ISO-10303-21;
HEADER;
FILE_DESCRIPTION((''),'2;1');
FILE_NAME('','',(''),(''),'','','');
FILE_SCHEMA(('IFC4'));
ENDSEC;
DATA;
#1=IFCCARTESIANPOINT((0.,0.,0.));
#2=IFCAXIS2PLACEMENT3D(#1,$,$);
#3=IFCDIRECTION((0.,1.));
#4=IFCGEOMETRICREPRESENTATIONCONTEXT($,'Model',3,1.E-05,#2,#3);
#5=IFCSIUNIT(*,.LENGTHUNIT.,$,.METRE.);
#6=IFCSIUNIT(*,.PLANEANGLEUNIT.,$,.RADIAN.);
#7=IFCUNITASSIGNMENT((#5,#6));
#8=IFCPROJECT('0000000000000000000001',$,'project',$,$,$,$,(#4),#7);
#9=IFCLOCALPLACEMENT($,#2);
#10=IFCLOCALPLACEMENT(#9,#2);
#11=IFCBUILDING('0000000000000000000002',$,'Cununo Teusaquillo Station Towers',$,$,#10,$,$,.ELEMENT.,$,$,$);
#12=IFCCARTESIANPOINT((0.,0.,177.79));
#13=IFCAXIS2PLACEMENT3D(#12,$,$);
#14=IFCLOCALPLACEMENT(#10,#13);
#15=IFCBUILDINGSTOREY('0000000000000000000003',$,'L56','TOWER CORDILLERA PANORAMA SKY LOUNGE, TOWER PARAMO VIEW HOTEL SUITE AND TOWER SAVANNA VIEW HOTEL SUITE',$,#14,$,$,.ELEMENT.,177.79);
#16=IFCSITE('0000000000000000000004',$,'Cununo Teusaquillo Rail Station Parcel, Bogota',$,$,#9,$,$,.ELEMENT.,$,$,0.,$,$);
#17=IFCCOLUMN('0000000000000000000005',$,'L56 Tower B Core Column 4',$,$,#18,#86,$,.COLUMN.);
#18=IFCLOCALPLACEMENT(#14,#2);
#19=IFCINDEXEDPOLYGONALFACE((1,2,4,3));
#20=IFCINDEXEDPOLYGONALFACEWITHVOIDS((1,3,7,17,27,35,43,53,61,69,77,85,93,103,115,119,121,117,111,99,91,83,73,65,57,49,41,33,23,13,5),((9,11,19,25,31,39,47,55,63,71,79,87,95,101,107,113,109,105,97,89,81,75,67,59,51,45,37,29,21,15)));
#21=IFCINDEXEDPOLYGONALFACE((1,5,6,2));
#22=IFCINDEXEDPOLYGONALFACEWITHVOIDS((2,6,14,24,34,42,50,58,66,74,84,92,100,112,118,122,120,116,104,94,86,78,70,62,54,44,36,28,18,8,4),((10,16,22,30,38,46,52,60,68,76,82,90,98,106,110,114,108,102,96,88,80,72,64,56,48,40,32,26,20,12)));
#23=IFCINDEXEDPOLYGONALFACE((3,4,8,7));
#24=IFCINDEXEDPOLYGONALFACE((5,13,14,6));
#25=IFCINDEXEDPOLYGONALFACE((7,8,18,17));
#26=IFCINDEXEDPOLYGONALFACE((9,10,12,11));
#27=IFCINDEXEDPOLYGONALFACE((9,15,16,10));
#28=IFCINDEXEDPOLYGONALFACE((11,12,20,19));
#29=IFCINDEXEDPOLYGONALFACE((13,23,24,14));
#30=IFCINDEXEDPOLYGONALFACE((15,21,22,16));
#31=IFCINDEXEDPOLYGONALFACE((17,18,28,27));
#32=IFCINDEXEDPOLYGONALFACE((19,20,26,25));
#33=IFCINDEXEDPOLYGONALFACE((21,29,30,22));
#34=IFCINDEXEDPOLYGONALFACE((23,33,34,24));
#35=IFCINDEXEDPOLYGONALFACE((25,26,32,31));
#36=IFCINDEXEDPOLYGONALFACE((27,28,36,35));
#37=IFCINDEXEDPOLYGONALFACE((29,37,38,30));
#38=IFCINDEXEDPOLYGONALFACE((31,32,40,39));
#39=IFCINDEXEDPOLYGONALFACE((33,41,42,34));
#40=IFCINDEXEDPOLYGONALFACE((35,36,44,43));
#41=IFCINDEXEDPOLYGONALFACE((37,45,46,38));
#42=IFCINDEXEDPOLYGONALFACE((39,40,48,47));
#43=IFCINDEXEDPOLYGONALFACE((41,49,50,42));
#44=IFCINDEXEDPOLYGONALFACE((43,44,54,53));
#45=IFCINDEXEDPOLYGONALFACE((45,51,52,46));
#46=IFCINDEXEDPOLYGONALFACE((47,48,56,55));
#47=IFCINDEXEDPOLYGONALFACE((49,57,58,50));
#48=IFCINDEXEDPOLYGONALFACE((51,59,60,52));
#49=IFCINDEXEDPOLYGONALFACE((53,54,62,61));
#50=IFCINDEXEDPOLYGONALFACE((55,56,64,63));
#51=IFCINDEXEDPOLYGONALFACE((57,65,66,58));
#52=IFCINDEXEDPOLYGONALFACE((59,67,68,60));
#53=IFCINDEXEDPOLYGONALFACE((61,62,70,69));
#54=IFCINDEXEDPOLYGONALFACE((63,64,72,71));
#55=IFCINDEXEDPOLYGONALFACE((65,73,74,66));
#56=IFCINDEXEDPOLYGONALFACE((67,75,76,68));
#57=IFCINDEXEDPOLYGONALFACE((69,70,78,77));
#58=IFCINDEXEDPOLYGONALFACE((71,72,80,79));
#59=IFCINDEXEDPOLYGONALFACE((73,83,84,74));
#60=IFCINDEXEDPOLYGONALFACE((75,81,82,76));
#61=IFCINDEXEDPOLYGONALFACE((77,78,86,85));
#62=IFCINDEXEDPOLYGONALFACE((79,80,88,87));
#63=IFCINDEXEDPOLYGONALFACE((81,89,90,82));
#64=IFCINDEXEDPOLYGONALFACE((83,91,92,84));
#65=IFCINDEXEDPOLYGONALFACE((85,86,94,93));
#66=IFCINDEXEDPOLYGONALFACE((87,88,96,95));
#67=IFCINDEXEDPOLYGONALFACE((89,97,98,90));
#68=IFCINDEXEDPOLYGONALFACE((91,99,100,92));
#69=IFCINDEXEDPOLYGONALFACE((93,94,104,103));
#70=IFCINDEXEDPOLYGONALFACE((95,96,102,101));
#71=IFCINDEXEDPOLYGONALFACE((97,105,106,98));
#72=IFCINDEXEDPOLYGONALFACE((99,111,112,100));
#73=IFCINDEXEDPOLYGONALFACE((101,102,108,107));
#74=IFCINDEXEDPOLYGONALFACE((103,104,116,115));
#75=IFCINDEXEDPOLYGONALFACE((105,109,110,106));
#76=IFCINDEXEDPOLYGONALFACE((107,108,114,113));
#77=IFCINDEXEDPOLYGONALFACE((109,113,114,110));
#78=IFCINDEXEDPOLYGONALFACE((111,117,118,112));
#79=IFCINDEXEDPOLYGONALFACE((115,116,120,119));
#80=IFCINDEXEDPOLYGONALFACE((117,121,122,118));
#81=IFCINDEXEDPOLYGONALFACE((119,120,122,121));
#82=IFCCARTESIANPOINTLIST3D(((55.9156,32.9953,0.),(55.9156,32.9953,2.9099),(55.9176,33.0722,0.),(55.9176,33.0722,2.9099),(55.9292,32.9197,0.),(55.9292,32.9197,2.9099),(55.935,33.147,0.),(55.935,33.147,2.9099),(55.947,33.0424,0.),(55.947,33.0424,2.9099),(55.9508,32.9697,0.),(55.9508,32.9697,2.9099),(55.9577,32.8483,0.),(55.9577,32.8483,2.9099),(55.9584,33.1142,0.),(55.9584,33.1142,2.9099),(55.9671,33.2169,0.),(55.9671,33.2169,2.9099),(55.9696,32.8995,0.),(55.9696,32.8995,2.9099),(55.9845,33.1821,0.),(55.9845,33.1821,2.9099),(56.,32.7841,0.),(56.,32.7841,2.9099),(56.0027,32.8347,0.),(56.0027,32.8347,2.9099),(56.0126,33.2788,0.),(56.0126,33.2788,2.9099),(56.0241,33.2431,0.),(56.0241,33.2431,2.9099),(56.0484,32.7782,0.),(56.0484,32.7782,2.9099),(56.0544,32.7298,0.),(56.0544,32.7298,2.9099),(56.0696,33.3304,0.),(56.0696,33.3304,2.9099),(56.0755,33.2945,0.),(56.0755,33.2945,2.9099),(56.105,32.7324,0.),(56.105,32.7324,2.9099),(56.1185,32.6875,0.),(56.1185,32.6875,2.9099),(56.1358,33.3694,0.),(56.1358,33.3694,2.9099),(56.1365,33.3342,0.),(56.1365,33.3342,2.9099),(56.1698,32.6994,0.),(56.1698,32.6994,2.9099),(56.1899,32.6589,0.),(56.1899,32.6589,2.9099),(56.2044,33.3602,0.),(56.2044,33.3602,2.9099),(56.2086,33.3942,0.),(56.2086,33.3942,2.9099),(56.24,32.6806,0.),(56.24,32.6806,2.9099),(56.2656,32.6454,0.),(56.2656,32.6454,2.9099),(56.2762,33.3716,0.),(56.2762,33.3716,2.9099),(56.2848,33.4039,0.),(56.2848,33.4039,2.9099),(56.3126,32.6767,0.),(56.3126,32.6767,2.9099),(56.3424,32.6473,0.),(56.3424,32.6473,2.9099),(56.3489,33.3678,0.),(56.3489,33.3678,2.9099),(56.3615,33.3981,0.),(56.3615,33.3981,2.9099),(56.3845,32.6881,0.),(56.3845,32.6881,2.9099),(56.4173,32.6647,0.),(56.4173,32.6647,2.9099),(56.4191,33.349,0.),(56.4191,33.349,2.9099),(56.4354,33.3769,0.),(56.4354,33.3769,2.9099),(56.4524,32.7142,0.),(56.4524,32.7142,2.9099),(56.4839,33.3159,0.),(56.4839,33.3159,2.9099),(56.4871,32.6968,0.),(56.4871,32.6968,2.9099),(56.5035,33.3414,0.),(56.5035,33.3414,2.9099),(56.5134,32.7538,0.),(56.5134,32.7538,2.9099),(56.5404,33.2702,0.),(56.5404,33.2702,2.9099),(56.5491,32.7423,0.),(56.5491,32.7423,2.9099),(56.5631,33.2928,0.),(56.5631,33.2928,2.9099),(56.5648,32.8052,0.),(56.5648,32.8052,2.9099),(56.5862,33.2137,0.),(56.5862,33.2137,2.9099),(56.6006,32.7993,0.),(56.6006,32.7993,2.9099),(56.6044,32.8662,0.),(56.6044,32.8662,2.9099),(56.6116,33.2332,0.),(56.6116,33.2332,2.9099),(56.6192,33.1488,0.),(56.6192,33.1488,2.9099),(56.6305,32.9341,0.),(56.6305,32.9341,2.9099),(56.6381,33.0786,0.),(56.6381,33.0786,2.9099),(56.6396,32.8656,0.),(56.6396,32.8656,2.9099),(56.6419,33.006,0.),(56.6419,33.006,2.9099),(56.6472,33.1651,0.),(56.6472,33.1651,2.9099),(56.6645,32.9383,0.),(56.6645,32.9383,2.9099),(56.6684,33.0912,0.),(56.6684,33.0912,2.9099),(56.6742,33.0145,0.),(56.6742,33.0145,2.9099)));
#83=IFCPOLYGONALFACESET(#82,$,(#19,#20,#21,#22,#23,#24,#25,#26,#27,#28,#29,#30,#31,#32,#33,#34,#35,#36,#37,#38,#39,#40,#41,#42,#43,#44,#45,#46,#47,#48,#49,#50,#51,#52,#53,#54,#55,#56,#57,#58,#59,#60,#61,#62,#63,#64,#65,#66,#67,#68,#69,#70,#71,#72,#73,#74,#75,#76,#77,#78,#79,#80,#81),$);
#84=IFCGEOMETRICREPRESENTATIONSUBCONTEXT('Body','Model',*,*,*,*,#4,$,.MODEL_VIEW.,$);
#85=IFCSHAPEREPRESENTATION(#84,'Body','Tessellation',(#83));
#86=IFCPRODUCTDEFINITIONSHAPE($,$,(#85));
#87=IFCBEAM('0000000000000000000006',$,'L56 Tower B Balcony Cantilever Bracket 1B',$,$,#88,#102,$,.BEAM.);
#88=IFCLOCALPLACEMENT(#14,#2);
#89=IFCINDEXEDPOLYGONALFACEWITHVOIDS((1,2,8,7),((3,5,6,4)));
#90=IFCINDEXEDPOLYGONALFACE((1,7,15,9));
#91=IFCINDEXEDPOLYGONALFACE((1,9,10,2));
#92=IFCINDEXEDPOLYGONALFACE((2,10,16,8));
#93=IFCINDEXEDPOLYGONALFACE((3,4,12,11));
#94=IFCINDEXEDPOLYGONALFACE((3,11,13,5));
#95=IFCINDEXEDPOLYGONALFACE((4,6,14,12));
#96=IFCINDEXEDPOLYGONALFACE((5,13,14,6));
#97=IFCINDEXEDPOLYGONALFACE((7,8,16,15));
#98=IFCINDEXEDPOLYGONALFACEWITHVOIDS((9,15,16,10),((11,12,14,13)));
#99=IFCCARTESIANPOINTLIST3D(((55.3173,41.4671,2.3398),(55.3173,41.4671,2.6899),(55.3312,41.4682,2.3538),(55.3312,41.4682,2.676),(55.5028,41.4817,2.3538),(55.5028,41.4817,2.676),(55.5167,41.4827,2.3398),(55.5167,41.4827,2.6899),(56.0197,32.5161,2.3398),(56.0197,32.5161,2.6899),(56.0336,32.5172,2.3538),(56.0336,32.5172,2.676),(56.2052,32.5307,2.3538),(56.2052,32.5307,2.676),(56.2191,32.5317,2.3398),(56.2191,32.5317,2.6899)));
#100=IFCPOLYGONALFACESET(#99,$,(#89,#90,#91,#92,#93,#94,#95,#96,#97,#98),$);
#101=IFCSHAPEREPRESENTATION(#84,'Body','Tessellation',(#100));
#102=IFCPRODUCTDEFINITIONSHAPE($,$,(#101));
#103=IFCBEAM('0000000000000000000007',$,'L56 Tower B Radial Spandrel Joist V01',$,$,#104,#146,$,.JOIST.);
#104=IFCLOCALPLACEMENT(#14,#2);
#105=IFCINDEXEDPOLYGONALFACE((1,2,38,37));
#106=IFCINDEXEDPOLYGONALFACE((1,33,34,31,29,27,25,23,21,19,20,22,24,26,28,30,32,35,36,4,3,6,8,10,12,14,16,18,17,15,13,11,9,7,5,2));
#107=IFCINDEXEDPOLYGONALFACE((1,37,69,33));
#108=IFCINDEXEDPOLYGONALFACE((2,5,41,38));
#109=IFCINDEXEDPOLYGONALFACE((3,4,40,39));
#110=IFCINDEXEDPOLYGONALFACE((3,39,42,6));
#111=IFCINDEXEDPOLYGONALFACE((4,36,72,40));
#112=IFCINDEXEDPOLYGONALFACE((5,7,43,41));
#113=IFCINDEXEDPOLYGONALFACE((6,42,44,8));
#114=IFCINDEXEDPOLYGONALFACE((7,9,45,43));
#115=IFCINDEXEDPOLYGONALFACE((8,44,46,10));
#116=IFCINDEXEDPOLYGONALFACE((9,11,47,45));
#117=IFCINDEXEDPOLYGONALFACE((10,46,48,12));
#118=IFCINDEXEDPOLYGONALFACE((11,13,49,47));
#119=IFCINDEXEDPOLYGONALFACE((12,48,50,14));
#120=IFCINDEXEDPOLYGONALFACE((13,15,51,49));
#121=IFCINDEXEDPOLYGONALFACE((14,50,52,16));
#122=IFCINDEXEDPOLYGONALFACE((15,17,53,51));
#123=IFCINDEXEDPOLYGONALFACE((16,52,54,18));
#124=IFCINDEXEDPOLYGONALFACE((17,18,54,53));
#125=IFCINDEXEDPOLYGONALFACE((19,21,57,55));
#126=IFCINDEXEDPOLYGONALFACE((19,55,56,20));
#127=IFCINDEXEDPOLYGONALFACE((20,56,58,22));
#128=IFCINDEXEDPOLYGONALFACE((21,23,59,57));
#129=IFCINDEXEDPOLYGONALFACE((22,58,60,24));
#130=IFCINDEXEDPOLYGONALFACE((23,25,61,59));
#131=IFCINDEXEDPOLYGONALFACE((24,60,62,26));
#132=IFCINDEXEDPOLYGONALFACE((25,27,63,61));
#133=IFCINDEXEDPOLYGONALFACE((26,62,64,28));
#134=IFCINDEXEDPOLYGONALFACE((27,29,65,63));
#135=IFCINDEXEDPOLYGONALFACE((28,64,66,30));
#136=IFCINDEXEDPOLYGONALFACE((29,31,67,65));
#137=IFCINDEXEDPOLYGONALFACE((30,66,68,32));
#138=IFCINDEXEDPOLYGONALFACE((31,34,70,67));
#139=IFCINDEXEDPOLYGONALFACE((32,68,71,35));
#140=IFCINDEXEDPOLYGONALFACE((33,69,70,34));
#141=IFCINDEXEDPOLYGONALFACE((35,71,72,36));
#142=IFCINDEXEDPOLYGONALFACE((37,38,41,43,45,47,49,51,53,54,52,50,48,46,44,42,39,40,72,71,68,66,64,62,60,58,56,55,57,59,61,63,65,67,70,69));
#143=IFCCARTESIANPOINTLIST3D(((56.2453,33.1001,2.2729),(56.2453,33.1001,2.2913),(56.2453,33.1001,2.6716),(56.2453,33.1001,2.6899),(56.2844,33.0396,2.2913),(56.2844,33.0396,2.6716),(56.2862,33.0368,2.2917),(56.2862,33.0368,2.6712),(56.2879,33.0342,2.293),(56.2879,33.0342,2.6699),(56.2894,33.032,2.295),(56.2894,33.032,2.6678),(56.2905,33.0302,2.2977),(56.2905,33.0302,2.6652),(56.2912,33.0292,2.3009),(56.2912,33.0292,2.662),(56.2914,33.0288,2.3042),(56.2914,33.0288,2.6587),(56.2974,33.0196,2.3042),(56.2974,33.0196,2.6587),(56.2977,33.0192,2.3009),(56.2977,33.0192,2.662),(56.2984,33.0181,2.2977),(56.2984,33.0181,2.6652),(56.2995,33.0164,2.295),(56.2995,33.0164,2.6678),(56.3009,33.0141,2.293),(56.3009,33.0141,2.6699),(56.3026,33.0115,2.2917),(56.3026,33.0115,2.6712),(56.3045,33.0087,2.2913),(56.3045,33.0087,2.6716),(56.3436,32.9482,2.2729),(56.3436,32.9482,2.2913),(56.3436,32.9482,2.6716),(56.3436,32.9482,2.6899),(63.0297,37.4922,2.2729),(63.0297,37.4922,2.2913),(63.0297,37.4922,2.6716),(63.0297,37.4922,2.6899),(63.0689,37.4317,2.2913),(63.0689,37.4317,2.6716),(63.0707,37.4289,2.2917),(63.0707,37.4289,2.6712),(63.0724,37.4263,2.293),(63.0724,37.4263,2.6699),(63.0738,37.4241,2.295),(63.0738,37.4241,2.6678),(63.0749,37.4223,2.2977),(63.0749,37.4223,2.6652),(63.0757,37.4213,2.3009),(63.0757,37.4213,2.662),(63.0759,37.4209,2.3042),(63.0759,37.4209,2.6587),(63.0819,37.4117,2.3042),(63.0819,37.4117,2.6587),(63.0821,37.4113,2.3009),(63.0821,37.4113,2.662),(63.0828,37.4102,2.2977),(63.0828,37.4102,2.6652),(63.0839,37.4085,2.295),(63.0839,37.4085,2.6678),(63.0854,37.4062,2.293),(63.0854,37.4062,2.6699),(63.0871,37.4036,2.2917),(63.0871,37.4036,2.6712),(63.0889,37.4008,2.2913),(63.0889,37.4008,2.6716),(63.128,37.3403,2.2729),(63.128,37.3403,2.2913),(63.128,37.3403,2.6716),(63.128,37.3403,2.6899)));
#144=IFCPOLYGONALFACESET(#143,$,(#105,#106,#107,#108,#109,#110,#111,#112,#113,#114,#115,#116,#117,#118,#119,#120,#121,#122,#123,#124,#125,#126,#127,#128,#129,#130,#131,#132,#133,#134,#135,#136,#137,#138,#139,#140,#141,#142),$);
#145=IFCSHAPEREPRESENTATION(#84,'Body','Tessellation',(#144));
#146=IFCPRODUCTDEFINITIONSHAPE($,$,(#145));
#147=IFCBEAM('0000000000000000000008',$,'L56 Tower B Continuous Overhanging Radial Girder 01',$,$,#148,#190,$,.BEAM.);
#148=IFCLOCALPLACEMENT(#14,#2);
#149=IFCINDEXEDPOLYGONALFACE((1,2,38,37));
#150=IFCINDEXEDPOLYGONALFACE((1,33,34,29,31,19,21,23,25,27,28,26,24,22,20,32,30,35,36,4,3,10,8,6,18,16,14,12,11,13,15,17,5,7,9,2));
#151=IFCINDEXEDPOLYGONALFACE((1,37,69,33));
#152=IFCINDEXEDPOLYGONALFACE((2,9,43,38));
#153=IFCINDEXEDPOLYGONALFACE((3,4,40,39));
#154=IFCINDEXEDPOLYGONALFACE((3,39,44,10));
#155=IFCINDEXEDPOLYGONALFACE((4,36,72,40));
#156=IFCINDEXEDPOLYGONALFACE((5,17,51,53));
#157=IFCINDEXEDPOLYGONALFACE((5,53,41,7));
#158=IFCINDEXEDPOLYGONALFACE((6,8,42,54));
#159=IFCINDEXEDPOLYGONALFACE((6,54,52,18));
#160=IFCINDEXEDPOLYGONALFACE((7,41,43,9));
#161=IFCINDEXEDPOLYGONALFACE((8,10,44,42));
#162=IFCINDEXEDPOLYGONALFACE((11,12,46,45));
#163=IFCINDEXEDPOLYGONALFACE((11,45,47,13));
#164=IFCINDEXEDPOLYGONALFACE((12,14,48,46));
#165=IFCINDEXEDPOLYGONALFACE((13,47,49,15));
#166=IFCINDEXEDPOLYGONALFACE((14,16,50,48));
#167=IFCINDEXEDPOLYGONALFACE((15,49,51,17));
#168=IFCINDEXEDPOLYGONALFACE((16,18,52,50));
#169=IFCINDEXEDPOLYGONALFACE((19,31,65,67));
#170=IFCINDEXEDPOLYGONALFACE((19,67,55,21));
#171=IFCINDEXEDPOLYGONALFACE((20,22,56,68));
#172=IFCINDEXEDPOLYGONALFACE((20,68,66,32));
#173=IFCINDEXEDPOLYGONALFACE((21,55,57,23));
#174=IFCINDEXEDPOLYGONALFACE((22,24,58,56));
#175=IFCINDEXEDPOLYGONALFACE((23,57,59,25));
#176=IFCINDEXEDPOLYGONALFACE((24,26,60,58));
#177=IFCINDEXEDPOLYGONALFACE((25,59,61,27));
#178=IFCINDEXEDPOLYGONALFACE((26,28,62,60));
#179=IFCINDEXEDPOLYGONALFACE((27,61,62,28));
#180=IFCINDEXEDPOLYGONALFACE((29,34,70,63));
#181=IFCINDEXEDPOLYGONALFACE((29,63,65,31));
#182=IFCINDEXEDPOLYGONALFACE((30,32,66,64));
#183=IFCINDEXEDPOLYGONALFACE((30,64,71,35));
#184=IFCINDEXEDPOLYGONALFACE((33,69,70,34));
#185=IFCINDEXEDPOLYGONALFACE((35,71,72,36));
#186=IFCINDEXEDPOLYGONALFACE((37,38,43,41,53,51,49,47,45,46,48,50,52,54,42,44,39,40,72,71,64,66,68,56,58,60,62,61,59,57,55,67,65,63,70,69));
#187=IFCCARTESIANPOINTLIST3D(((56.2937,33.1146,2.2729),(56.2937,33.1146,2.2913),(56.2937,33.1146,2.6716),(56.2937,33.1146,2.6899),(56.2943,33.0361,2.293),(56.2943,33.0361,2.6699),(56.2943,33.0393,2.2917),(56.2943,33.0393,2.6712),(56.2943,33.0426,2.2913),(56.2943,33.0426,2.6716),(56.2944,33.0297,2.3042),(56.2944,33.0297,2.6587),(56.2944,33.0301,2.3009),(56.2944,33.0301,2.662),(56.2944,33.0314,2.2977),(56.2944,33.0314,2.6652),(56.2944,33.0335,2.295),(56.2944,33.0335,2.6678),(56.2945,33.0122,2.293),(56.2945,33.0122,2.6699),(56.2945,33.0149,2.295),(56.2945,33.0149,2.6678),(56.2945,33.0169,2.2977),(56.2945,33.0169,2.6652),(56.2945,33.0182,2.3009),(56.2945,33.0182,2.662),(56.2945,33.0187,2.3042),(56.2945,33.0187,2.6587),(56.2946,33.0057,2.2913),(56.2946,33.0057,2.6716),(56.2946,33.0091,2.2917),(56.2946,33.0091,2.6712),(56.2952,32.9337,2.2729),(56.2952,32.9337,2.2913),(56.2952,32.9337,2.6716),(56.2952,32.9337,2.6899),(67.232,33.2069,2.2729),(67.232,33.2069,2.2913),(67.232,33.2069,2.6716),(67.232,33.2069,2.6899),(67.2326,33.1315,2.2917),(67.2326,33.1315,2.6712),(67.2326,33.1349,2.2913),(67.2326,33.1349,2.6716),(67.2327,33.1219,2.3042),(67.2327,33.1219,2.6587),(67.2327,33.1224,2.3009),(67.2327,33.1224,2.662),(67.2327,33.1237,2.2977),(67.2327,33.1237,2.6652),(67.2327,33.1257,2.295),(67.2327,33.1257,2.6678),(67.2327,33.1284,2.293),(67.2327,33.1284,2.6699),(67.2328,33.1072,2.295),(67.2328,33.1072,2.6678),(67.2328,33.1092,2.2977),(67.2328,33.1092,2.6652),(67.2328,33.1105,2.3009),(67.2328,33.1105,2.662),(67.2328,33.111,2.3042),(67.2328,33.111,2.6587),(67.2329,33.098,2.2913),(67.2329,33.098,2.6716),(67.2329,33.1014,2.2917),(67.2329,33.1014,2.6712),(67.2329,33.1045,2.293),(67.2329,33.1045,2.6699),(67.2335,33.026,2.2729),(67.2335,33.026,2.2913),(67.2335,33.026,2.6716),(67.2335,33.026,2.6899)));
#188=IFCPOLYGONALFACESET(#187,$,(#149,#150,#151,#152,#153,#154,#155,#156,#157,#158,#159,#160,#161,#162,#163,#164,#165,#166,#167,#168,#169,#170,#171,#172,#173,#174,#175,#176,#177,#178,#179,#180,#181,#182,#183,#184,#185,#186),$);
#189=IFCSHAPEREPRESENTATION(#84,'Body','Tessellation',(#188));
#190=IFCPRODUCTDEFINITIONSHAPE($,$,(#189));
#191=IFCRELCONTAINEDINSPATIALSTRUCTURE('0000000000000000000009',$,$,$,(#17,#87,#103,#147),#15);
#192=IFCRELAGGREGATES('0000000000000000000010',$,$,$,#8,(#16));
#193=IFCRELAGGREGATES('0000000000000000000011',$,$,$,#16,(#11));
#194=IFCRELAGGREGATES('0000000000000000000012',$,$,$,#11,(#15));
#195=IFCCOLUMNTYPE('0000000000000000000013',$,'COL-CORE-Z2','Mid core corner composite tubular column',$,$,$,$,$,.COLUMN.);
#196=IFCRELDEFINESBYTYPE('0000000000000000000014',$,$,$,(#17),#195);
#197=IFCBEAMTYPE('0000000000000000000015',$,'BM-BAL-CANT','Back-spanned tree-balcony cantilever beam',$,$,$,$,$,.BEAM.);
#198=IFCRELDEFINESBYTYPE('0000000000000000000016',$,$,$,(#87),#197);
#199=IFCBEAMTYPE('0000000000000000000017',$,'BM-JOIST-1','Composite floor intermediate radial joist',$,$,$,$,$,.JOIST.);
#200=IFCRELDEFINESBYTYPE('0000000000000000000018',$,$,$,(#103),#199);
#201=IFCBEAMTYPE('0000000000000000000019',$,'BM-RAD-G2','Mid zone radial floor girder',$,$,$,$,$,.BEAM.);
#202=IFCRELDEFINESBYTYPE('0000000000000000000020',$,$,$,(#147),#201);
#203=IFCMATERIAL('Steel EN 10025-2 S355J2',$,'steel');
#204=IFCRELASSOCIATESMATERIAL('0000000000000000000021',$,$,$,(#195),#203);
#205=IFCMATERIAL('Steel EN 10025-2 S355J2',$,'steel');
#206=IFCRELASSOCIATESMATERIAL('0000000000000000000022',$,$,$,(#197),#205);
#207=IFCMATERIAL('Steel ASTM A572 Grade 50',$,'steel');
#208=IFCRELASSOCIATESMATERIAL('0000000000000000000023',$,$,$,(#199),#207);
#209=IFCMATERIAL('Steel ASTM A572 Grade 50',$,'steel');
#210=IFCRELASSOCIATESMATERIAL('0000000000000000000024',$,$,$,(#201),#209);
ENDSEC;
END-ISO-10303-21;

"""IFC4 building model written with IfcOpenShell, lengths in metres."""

from ifc_helpers import new_model, si_unit, direction, frame, origin, origin_2d, place, context, subcontext, project, spatial, hollow_rectangle, hollow_circle, i_section, extrude, material, material_profile, profile_set, type_object, element, save


model = new_model("IFC4")

# Units and contexts
model_context = context("Model", 3, precision=1e-05, world=origin(), true_north=direction((0.0, 1.0)))
body_context = subcontext(model_context, "Body", "Model", "MODEL_VIEW")
ifc_project = project(units=[si_unit("LENGTHUNIT", "METRE"), si_unit("PLANEANGLEUNIT", "RADIAN")], contexts=[model_context])

# Site, building, storey
site_placement = place(None, origin())
site = spatial("IfcSite", under=ifc_project, at=site_placement, Name="Cununo Teusaquillo Rail Station Parcel, Bogota", CompositionType="ELEMENT", RefElevation=0.0)
building_placement = place(site_placement, origin())
building = spatial("IfcBuilding", under=site, at=building_placement, Name="Cununo Teusaquillo Station Towers", CompositionType="ELEMENT")
storey_placement = place(building_placement, frame((0.0, 0.0, 177.79)))
storey = spatial("IfcBuildingStorey", under=building, at=storey_placement, Name="L56", Description="TOWER CORDILLERA PANORAMA SKY LOUNGE, TOWER PARAMO VIEW HOTEL SUITE AND TOWER SAVANNA VIEW HOTEL SUITE", CompositionType="ELEMENT", Elevation=177.79)

# Column
ifc_material_1 = material(Name="Steel EN 10025-2 S355J2", Category="steel")
ifc_material_profile_1 = material_profile(ifc_material_1, hollow_circle(Radius=0.3799, WallThickness=0.032, at=origin_2d()), Name="CHS 760x32")
ifc_profile_set_1 = profile_set([ifc_material_profile_1], Name="Steel EN 10025-2 S355J2")
column_type = type_object("IfcColumnType", Name="COL-CORE-Z2", Description="Mid core corner composite tubular column", PredefinedType="COLUMN", material=ifc_profile_set_1)
column_placement = place(storey_placement, frame((56.2944, 33.0242, 0.0), z_axis=(0.0, 0.0, 1.0), x_axis=(0.707107, 0.707107, 0.0)))
element("IfcColumn", 1, at=column_placement, inside=storey, type_object=column_type, Name="L56 Tower B Core Column 4", PredefinedType="COLUMN", context=body_context, shape_type="SweptSolid", body=[
    extrude(hollow_circle(Radius=0.3799, WallThickness=0.032, at=origin_2d()), origin(), (0.0, 0.0, 1.0), 2.9099),
])

# Beams
ifc_material_2 = material(Name="Steel EN 10025-2 S355J2", Category="steel")
ifc_material_profile_2 = material_profile(ifc_material_2, hollow_rectangle(XDim=0.2, YDim=0.3501, WallThickness=0.0139, at=origin_2d()), Name="RHS 350x200x14")
ifc_profile_set_2 = profile_set([ifc_material_profile_2], Name="Steel EN 10025-2 S355J2")
beam_type_1 = type_object("IfcBeamType", Name="BM-BAL-CANT", Description="Back-spanned tree-balcony cantilever beam", PredefinedType="BEAM", material=ifc_profile_set_2)
beam_1_placement = place(storey_placement, frame((56.1194, 32.5239, 2.5149), z_axis=(-0.078231, 0.996935, 0.0), x_axis=(-0.996935, -0.078231, 0.0)))
element("IfcBeam", 2, at=beam_1_placement, inside=storey, type_object=beam_type_1, Name="L56 Tower B Balcony Cantilever Bracket 1B", PredefinedType="BEAM", context=body_context, shape_type="SweptSolid", body=[
    extrude(hollow_rectangle(XDim=0.2, YDim=0.3501, WallThickness=0.0139, at=origin_2d()), origin(), (0.0, 0.0, 1.0), 8.9785),
])
ifc_material_3 = material(Name="Steel ASTM A572 Grade 50", Category="steel")
ifc_material_profile_3 = material_profile(ifc_material_3, i_section(OverallWidth=0.1809, OverallDepth=0.417, WebThickness=0.011, FlangeThickness=0.0183, FilletRadius=0.0129, at=origin_2d()), Name="W16X57")
ifc_profile_set_3 = profile_set([ifc_material_profile_3], Name="Steel ASTM A572 Grade 50")
beam_type_2 = type_object("IfcBeamType", Name="BM-JOIST-1", Description="Composite floor intermediate radial joist", PredefinedType="JOIST", material=ifc_profile_set_3)
beam_2_placement = place(storey_placement, frame((56.2944, 33.0242, 2.4814), z_axis=(0.839448, 0.54344, 0.0), x_axis=(-0.54344, 0.839448, 0.0)))
element("IfcBeam", 3, at=beam_2_placement, inside=storey, type_object=beam_type_2, Name="L56 Tower B Radial Spandrel Joist V01", PredefinedType="JOIST", context=body_context, shape_type="SweptSolid", body=[
    extrude(i_section(OverallWidth=0.1809, OverallDepth=0.417, WebThickness=0.011, FlangeThickness=0.0183, FilletRadius=0.0129, at=origin_2d()), origin(), (0.0, 0.0, 1.0), 8.082),
])
ifc_material_4 = material(Name="Steel ASTM A572 Grade 50", Category="steel")
ifc_material_profile_4 = material_profile(ifc_material_4, i_section(OverallWidth=0.1809, OverallDepth=0.417, WebThickness=0.011, FlangeThickness=0.0183, FilletRadius=0.0129, at=origin_2d()), Name="W16X57")
ifc_profile_set_4 = profile_set([ifc_material_profile_4], Name="Steel ASTM A572 Grade 50")
beam_type_3 = type_object("IfcBeamType", Name="BM-RAD-G2", Description="Mid zone radial floor girder", PredefinedType="BEAM", material=ifc_profile_set_4)
beam_3_placement = place(storey_placement, frame((56.2944, 33.0242, 2.4814), z_axis=(0.999964, 0.008437, 0.0), x_axis=(-0.008437, 0.999964, 0.0)))
element("IfcBeam", 4, at=beam_3_placement, inside=storey, type_object=beam_type_3, Name="L56 Tower B Continuous Overhanging Radial Girder 01", PredefinedType="BEAM", context=body_context, shape_type="SweptSolid", body=[
    extrude(i_section(OverallWidth=0.1809, OverallDepth=0.417, WebThickness=0.011, FlangeThickness=0.0183, FilletRadius=0.0129, at=origin_2d()), origin(), (0.0, 0.0, 1.0), 10.9387),
])

save(model, "model.ifc")
